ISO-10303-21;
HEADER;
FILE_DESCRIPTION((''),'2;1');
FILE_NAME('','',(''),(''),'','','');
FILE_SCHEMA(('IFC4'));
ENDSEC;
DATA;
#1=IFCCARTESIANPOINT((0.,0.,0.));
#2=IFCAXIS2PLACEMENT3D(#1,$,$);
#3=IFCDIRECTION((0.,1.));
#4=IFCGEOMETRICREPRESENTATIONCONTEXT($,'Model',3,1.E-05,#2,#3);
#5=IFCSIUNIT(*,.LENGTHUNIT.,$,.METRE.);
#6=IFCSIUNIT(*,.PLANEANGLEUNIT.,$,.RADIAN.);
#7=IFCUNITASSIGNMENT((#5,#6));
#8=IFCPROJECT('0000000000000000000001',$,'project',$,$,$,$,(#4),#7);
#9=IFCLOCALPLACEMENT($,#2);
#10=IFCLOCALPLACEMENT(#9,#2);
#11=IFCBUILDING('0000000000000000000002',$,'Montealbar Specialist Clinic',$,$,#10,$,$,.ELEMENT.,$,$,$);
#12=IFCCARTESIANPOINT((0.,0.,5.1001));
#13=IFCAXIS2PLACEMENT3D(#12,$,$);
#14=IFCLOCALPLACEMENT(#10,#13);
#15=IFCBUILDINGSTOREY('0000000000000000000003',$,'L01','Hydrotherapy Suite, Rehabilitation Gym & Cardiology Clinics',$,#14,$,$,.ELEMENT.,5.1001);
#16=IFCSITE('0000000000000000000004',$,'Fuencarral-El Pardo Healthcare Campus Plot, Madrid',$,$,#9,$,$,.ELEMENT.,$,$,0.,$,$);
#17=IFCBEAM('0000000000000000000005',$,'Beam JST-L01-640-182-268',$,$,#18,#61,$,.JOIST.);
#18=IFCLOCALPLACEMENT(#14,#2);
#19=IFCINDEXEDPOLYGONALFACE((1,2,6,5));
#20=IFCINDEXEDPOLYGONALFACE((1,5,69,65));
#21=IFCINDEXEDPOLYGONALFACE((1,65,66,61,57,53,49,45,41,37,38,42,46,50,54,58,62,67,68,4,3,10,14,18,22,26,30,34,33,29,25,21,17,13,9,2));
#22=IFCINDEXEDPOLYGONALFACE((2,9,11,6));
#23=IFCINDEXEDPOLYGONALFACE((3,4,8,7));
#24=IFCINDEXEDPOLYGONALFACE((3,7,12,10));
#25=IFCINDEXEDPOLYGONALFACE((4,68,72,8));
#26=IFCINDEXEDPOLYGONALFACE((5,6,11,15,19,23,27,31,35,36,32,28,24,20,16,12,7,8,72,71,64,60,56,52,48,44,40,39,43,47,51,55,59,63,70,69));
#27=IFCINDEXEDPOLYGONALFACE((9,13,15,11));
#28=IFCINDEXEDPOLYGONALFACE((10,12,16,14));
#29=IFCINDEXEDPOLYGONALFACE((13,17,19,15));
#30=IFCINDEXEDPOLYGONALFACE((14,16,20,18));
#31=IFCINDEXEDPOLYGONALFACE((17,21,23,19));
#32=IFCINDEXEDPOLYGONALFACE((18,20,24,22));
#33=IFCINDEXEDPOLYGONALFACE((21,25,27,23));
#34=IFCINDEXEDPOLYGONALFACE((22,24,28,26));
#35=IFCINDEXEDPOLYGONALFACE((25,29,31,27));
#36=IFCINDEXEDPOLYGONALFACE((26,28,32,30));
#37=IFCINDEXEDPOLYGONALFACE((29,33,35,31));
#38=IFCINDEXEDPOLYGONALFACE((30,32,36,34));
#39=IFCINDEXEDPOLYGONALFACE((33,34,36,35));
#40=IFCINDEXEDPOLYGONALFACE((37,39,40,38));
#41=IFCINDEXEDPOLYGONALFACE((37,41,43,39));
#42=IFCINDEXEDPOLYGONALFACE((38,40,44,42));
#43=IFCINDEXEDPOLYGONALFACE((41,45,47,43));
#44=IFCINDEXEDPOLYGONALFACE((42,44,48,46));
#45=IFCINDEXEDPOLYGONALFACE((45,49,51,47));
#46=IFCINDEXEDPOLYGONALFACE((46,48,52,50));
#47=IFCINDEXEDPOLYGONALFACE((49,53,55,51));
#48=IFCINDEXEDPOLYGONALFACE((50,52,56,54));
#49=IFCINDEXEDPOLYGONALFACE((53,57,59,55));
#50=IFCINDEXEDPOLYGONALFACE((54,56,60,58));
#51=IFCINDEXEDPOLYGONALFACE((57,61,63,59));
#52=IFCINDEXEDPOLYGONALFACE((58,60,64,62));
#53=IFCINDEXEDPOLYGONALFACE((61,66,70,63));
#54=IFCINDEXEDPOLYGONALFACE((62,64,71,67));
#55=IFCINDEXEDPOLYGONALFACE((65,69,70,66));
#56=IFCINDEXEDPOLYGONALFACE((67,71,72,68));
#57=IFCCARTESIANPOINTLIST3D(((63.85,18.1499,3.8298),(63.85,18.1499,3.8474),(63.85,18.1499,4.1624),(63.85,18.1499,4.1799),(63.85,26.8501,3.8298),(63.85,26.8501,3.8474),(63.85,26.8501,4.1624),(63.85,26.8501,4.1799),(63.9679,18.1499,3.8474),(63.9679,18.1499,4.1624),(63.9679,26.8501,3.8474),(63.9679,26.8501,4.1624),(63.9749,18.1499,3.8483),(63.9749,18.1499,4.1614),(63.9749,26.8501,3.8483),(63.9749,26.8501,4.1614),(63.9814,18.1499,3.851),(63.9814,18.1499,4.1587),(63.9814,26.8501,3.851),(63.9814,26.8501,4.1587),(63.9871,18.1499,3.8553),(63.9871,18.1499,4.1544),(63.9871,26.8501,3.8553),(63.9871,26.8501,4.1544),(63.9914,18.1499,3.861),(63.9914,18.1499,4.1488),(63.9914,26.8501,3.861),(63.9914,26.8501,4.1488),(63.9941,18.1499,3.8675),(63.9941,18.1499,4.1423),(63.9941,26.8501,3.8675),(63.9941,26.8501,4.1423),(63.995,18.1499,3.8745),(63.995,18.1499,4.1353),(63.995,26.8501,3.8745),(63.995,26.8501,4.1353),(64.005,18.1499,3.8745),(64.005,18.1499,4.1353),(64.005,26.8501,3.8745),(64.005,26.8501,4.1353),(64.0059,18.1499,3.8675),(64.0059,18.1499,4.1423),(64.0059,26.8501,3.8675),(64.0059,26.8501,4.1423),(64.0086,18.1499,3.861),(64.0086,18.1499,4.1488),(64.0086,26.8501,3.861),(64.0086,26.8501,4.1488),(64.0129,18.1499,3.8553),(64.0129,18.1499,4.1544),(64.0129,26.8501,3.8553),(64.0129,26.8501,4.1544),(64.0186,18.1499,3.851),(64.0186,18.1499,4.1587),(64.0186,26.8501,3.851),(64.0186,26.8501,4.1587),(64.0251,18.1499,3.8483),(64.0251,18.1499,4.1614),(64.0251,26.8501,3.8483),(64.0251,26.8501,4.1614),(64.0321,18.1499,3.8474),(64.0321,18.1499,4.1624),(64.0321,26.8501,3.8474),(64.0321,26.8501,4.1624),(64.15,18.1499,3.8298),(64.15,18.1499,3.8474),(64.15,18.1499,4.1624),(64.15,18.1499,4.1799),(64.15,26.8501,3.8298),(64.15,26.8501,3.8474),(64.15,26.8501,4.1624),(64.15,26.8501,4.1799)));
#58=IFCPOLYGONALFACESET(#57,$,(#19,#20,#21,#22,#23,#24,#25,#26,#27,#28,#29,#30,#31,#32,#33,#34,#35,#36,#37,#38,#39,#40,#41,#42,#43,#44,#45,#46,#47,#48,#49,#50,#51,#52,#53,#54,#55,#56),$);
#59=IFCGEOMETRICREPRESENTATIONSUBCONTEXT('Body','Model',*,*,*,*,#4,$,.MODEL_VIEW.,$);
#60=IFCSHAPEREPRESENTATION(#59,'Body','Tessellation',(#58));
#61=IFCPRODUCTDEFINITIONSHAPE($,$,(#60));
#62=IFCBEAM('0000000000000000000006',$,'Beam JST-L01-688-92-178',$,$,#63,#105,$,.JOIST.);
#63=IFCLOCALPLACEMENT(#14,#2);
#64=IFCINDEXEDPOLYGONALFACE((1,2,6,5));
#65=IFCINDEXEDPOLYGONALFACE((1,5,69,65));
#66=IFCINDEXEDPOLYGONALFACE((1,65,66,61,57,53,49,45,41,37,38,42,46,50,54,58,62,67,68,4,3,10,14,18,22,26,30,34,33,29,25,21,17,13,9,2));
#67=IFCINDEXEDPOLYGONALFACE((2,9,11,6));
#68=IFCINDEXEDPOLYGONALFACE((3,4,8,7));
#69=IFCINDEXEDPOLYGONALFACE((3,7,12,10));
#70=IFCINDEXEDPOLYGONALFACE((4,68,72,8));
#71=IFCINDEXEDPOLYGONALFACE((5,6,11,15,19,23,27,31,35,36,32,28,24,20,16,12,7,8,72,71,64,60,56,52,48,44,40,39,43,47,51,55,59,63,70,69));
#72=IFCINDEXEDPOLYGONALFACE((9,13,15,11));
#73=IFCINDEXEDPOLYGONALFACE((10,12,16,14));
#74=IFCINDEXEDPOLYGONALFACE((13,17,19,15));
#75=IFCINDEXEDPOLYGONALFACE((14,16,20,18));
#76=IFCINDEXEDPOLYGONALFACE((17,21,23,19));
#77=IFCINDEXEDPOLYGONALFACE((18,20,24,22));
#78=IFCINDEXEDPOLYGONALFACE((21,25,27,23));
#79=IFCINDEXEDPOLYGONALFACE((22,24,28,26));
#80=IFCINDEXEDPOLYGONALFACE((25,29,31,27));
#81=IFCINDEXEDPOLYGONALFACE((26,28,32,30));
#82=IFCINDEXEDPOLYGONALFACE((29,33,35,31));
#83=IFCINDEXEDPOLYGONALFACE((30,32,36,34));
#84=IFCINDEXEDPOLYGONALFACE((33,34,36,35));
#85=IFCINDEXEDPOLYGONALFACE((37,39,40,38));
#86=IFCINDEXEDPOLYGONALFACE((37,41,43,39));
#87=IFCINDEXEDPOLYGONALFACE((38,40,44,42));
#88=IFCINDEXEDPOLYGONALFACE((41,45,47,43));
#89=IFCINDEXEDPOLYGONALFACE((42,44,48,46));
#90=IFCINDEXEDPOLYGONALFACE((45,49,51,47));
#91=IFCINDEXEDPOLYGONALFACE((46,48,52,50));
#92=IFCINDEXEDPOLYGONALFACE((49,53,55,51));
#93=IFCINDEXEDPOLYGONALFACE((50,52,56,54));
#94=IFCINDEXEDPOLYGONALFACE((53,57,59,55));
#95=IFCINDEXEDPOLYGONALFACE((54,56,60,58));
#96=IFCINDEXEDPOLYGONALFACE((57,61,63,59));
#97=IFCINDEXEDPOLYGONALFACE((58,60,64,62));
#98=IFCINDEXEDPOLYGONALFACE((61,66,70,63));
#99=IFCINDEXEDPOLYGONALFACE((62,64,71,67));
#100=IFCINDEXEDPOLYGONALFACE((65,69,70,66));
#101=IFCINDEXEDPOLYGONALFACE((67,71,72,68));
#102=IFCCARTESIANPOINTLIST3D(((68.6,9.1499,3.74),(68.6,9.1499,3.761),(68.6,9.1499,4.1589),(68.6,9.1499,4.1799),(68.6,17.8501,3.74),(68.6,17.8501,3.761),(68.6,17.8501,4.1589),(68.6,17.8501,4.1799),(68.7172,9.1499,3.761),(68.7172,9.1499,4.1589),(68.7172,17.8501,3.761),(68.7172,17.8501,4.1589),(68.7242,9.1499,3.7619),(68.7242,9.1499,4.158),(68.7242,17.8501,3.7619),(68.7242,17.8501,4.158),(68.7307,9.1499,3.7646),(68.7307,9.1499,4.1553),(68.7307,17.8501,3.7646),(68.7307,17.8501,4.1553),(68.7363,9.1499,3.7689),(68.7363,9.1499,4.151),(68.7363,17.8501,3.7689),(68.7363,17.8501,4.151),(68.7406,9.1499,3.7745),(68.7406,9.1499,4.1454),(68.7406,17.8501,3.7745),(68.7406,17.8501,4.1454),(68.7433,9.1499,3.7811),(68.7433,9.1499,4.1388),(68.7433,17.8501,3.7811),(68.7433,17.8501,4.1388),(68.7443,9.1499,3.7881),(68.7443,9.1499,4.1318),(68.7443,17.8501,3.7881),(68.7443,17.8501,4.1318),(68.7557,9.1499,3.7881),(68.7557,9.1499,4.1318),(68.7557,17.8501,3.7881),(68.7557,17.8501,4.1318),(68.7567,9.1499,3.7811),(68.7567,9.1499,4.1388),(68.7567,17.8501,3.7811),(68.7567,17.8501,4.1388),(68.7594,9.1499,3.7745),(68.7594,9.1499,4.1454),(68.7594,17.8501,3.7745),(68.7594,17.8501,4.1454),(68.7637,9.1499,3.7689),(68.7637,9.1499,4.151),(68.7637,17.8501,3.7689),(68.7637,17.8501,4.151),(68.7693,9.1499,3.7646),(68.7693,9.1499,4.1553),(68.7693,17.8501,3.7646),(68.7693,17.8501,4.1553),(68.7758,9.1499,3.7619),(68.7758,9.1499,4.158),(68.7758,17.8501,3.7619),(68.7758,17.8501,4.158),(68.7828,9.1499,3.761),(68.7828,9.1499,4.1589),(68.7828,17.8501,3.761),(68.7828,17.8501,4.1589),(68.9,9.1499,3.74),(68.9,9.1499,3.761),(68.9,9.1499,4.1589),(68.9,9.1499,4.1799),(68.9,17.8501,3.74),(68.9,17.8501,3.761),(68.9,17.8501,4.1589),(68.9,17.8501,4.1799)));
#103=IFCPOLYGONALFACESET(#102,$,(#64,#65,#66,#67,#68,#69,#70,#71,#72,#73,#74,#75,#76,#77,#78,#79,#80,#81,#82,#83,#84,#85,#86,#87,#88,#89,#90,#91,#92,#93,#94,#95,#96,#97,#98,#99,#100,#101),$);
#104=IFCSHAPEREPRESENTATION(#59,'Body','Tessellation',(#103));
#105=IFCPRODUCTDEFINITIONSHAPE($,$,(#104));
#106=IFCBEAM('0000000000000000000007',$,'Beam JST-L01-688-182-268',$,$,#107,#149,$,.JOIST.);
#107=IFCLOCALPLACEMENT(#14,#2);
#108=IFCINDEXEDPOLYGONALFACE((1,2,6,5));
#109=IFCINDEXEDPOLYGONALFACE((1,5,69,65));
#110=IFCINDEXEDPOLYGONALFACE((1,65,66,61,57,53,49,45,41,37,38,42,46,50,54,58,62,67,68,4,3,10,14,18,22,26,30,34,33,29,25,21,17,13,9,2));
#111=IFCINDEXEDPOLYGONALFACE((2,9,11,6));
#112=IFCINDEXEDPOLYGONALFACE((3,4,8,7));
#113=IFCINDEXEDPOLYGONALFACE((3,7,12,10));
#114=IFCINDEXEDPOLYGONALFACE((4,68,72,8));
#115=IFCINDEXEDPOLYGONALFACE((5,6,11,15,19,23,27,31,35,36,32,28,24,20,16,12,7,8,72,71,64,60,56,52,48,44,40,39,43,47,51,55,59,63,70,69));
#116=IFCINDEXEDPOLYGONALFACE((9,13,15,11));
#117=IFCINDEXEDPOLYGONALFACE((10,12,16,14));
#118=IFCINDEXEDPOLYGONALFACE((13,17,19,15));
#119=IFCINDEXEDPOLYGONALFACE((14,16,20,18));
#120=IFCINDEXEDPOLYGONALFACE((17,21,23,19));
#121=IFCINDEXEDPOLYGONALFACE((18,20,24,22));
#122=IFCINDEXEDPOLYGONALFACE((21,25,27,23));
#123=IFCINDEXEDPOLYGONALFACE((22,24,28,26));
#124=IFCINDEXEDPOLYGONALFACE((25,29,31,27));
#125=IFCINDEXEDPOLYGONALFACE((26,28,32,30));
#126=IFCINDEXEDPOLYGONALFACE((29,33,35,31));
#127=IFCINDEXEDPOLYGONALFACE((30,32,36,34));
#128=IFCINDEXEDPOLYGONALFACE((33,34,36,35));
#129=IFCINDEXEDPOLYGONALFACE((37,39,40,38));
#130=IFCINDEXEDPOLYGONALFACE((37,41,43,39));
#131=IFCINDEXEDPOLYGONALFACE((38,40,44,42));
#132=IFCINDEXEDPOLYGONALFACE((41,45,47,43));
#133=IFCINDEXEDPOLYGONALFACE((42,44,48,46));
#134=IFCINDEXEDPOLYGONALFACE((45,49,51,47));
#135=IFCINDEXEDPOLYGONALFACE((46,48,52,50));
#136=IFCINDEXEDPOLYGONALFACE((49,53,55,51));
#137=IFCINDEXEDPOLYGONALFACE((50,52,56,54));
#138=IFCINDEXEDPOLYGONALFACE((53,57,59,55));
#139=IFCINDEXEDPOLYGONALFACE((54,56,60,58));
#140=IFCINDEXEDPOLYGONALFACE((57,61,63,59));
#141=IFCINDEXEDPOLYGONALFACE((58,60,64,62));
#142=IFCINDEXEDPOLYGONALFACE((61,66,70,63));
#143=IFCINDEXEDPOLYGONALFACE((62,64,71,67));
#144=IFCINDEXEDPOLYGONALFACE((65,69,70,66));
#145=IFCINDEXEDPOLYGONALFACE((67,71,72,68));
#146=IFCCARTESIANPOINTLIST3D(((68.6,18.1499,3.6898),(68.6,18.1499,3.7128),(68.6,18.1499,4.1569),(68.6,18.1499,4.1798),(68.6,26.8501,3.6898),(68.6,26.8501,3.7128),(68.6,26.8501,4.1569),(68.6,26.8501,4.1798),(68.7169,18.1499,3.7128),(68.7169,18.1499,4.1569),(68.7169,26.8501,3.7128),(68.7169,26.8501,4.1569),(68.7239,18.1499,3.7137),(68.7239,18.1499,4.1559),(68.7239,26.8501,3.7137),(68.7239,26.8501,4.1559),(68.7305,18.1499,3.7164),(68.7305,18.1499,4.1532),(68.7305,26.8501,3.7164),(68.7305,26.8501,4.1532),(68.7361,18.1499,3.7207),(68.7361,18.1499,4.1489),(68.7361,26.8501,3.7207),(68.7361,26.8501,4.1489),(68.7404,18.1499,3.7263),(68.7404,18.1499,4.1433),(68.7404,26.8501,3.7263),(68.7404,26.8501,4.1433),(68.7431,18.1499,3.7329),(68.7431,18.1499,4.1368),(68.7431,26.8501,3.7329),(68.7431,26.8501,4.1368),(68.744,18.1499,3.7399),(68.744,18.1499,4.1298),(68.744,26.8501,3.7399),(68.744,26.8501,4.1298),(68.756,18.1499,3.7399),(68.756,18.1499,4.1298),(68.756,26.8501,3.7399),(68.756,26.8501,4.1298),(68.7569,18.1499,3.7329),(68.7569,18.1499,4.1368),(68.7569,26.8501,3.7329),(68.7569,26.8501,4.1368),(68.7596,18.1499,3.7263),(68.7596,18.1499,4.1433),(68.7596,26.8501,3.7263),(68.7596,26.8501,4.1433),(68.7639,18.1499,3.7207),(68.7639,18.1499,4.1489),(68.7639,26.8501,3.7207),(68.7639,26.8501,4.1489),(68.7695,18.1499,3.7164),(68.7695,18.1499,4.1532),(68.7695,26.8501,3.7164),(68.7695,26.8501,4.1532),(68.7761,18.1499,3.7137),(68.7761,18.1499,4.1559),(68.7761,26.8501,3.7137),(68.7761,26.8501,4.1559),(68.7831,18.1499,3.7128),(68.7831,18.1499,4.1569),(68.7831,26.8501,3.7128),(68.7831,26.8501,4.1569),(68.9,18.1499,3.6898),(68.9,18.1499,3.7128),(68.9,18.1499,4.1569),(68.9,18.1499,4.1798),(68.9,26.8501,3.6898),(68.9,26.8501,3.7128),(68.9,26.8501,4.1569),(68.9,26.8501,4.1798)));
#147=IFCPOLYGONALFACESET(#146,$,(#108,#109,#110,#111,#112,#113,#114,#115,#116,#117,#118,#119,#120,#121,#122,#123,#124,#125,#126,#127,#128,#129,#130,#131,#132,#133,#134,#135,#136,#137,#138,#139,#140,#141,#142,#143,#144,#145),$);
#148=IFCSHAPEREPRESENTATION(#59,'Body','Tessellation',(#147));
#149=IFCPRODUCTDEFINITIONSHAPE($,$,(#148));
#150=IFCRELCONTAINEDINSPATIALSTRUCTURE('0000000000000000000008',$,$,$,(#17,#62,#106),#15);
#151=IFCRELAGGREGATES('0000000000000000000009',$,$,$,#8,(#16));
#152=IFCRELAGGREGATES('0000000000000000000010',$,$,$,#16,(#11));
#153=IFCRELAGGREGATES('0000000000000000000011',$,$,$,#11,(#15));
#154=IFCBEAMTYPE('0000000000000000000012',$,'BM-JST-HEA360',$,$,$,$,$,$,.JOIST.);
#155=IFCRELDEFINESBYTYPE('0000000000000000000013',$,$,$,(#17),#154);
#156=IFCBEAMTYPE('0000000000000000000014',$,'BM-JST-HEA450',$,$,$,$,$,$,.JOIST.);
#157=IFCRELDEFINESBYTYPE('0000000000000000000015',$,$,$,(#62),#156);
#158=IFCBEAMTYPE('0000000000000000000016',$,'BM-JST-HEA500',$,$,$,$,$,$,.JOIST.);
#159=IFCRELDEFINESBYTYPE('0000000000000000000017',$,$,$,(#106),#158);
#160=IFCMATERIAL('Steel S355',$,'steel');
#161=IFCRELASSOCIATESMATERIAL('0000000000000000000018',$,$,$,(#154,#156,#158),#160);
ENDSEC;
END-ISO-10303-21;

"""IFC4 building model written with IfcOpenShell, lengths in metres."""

from ifc_helpers import new_model, si_unit, direction, frame, origin, origin_2d, place, context, subcontext, project, spatial, i_section, extrude, material, material_profile, profile_set, type_object, element, save


model = new_model("IFC4")

# Units and contexts
model_context = context("Model", 3, precision=1e-05, world=origin(), true_north=direction((0.0, 1.0)))
body_context = subcontext(model_context, "Body", "Model", "MODEL_VIEW")
ifc_project = project(units=[si_unit("LENGTHUNIT", "METRE"), si_unit("PLANEANGLEUNIT", "RADIAN")], contexts=[model_context])

# Site, building, storey
site_placement = place(None, origin())
site = spatial("IfcSite", under=ifc_project, at=site_placement, Name="Fuencarral-El Pardo Healthcare Campus Plot, Madrid", CompositionType="ELEMENT", RefElevation=0.0)
building_placement = place(site_placement, origin())
building = spatial("IfcBuilding", under=site, at=building_placement, Name="Montealbar Specialist Clinic", CompositionType="ELEMENT")
storey_placement = place(building_placement, frame((0.0, 0.0, 5.1001)))
storey = spatial("IfcBuildingStorey", under=building, at=storey_placement, Name="L01", Description="Hydrotherapy Suite, Rehabilitation Gym & Cardiology Clinics", CompositionType="ELEMENT", Elevation=5.1001)

# Shared definitions
ifc_material_1 = material(Name="Steel S355", Category="steel")

# Beams
ifc_material_profile_1 = material_profile(ifc_material_1, i_section(OverallWidth=0.3, OverallDepth=0.3501, WebThickness=0.01, FlangeThickness=0.0176, FilletRadius=0.0271, at=origin_2d()), Name="HEA 360", Category="steel")
ifc_profile_set_1 = profile_set([ifc_material_profile_1], Name="Steel S355")
beam_type_1 = type_object("IfcBeamType", Name="BM-JST-HEA360", PredefinedType="JOIST", material=ifc_profile_set_1)
beam_1_placement = place(storey_placement, frame((64.0, 18.1499, 4.0049), z_axis=(0.0, 1.0, 0.0), x_axis=(-1.0, 0.0, 0.0)))
element("IfcBeam", 1, at=beam_1_placement, inside=storey, type_object=beam_type_1, Name="Beam JST-L01-640-182-268", PredefinedType="JOIST", context=body_context, shape_type="SweptSolid", body=[
    extrude(i_section(OverallWidth=0.3, OverallDepth=0.3501, WebThickness=0.01, FlangeThickness=0.0176, FilletRadius=0.0271, at=origin_2d()), origin(), (0.0, 0.0, 1.0), 8.7002),
])
ifc_material_profile_2 = material_profile(ifc_material_1, i_section(OverallWidth=0.3, OverallDepth=0.4399, WebThickness=0.0115, FlangeThickness=0.021, FilletRadius=0.0271, at=origin_2d()), Name="HEA 450", Category="steel")
ifc_profile_set_2 = profile_set([ifc_material_profile_2], Name="Steel S355")
beam_type_2 = type_object("IfcBeamType", Name="BM-JST-HEA450", PredefinedType="JOIST", material=ifc_profile_set_2)
beam_2_placement = place(storey_placement, frame((68.75, 9.1499, 3.96), z_axis=(0.0, 1.0, 0.0), x_axis=(-1.0, 0.0, 0.0)))
element("IfcBeam", 2, at=beam_2_placement, inside=storey, type_object=beam_type_2, Name="Beam JST-L01-688-92-178", PredefinedType="JOIST", context=body_context, shape_type="SweptSolid", body=[
    extrude(i_section(OverallWidth=0.3, OverallDepth=0.4399, WebThickness=0.0115, FlangeThickness=0.021, FilletRadius=0.0271, at=origin_2d()), origin(), (0.0, 0.0, 1.0), 8.7002),
])
ifc_material_profile_3 = material_profile(ifc_material_1, i_section(OverallWidth=0.3, OverallDepth=0.49, WebThickness=0.012, FlangeThickness=0.0229, FilletRadius=0.0271, at=origin_2d()), Name="HEA 500", Category="steel")
ifc_profile_set_3 = profile_set([ifc_material_profile_3], Name="Steel S355")
beam_type_3 = type_object("IfcBeamType", Name="BM-JST-HEA500", PredefinedType="JOIST", material=ifc_profile_set_3)
beam_3_placement = place(storey_placement, frame((68.75, 18.1499, 3.9348), z_axis=(0.0, 1.0, 0.0), x_axis=(-1.0, 0.0, 0.0)))
element("IfcBeam", 3, at=beam_3_placement, inside=storey, type_object=beam_type_3, Name="Beam JST-L01-688-182-268", PredefinedType="JOIST", context=body_context, shape_type="SweptSolid", body=[
    extrude(i_section(OverallWidth=0.3, OverallDepth=0.49, WebThickness=0.012, FlangeThickness=0.0229, FilletRadius=0.0271, at=origin_2d()), origin(), (0.0, 0.0, 1.0), 8.7002),
])

save(model, "model.ifc")
